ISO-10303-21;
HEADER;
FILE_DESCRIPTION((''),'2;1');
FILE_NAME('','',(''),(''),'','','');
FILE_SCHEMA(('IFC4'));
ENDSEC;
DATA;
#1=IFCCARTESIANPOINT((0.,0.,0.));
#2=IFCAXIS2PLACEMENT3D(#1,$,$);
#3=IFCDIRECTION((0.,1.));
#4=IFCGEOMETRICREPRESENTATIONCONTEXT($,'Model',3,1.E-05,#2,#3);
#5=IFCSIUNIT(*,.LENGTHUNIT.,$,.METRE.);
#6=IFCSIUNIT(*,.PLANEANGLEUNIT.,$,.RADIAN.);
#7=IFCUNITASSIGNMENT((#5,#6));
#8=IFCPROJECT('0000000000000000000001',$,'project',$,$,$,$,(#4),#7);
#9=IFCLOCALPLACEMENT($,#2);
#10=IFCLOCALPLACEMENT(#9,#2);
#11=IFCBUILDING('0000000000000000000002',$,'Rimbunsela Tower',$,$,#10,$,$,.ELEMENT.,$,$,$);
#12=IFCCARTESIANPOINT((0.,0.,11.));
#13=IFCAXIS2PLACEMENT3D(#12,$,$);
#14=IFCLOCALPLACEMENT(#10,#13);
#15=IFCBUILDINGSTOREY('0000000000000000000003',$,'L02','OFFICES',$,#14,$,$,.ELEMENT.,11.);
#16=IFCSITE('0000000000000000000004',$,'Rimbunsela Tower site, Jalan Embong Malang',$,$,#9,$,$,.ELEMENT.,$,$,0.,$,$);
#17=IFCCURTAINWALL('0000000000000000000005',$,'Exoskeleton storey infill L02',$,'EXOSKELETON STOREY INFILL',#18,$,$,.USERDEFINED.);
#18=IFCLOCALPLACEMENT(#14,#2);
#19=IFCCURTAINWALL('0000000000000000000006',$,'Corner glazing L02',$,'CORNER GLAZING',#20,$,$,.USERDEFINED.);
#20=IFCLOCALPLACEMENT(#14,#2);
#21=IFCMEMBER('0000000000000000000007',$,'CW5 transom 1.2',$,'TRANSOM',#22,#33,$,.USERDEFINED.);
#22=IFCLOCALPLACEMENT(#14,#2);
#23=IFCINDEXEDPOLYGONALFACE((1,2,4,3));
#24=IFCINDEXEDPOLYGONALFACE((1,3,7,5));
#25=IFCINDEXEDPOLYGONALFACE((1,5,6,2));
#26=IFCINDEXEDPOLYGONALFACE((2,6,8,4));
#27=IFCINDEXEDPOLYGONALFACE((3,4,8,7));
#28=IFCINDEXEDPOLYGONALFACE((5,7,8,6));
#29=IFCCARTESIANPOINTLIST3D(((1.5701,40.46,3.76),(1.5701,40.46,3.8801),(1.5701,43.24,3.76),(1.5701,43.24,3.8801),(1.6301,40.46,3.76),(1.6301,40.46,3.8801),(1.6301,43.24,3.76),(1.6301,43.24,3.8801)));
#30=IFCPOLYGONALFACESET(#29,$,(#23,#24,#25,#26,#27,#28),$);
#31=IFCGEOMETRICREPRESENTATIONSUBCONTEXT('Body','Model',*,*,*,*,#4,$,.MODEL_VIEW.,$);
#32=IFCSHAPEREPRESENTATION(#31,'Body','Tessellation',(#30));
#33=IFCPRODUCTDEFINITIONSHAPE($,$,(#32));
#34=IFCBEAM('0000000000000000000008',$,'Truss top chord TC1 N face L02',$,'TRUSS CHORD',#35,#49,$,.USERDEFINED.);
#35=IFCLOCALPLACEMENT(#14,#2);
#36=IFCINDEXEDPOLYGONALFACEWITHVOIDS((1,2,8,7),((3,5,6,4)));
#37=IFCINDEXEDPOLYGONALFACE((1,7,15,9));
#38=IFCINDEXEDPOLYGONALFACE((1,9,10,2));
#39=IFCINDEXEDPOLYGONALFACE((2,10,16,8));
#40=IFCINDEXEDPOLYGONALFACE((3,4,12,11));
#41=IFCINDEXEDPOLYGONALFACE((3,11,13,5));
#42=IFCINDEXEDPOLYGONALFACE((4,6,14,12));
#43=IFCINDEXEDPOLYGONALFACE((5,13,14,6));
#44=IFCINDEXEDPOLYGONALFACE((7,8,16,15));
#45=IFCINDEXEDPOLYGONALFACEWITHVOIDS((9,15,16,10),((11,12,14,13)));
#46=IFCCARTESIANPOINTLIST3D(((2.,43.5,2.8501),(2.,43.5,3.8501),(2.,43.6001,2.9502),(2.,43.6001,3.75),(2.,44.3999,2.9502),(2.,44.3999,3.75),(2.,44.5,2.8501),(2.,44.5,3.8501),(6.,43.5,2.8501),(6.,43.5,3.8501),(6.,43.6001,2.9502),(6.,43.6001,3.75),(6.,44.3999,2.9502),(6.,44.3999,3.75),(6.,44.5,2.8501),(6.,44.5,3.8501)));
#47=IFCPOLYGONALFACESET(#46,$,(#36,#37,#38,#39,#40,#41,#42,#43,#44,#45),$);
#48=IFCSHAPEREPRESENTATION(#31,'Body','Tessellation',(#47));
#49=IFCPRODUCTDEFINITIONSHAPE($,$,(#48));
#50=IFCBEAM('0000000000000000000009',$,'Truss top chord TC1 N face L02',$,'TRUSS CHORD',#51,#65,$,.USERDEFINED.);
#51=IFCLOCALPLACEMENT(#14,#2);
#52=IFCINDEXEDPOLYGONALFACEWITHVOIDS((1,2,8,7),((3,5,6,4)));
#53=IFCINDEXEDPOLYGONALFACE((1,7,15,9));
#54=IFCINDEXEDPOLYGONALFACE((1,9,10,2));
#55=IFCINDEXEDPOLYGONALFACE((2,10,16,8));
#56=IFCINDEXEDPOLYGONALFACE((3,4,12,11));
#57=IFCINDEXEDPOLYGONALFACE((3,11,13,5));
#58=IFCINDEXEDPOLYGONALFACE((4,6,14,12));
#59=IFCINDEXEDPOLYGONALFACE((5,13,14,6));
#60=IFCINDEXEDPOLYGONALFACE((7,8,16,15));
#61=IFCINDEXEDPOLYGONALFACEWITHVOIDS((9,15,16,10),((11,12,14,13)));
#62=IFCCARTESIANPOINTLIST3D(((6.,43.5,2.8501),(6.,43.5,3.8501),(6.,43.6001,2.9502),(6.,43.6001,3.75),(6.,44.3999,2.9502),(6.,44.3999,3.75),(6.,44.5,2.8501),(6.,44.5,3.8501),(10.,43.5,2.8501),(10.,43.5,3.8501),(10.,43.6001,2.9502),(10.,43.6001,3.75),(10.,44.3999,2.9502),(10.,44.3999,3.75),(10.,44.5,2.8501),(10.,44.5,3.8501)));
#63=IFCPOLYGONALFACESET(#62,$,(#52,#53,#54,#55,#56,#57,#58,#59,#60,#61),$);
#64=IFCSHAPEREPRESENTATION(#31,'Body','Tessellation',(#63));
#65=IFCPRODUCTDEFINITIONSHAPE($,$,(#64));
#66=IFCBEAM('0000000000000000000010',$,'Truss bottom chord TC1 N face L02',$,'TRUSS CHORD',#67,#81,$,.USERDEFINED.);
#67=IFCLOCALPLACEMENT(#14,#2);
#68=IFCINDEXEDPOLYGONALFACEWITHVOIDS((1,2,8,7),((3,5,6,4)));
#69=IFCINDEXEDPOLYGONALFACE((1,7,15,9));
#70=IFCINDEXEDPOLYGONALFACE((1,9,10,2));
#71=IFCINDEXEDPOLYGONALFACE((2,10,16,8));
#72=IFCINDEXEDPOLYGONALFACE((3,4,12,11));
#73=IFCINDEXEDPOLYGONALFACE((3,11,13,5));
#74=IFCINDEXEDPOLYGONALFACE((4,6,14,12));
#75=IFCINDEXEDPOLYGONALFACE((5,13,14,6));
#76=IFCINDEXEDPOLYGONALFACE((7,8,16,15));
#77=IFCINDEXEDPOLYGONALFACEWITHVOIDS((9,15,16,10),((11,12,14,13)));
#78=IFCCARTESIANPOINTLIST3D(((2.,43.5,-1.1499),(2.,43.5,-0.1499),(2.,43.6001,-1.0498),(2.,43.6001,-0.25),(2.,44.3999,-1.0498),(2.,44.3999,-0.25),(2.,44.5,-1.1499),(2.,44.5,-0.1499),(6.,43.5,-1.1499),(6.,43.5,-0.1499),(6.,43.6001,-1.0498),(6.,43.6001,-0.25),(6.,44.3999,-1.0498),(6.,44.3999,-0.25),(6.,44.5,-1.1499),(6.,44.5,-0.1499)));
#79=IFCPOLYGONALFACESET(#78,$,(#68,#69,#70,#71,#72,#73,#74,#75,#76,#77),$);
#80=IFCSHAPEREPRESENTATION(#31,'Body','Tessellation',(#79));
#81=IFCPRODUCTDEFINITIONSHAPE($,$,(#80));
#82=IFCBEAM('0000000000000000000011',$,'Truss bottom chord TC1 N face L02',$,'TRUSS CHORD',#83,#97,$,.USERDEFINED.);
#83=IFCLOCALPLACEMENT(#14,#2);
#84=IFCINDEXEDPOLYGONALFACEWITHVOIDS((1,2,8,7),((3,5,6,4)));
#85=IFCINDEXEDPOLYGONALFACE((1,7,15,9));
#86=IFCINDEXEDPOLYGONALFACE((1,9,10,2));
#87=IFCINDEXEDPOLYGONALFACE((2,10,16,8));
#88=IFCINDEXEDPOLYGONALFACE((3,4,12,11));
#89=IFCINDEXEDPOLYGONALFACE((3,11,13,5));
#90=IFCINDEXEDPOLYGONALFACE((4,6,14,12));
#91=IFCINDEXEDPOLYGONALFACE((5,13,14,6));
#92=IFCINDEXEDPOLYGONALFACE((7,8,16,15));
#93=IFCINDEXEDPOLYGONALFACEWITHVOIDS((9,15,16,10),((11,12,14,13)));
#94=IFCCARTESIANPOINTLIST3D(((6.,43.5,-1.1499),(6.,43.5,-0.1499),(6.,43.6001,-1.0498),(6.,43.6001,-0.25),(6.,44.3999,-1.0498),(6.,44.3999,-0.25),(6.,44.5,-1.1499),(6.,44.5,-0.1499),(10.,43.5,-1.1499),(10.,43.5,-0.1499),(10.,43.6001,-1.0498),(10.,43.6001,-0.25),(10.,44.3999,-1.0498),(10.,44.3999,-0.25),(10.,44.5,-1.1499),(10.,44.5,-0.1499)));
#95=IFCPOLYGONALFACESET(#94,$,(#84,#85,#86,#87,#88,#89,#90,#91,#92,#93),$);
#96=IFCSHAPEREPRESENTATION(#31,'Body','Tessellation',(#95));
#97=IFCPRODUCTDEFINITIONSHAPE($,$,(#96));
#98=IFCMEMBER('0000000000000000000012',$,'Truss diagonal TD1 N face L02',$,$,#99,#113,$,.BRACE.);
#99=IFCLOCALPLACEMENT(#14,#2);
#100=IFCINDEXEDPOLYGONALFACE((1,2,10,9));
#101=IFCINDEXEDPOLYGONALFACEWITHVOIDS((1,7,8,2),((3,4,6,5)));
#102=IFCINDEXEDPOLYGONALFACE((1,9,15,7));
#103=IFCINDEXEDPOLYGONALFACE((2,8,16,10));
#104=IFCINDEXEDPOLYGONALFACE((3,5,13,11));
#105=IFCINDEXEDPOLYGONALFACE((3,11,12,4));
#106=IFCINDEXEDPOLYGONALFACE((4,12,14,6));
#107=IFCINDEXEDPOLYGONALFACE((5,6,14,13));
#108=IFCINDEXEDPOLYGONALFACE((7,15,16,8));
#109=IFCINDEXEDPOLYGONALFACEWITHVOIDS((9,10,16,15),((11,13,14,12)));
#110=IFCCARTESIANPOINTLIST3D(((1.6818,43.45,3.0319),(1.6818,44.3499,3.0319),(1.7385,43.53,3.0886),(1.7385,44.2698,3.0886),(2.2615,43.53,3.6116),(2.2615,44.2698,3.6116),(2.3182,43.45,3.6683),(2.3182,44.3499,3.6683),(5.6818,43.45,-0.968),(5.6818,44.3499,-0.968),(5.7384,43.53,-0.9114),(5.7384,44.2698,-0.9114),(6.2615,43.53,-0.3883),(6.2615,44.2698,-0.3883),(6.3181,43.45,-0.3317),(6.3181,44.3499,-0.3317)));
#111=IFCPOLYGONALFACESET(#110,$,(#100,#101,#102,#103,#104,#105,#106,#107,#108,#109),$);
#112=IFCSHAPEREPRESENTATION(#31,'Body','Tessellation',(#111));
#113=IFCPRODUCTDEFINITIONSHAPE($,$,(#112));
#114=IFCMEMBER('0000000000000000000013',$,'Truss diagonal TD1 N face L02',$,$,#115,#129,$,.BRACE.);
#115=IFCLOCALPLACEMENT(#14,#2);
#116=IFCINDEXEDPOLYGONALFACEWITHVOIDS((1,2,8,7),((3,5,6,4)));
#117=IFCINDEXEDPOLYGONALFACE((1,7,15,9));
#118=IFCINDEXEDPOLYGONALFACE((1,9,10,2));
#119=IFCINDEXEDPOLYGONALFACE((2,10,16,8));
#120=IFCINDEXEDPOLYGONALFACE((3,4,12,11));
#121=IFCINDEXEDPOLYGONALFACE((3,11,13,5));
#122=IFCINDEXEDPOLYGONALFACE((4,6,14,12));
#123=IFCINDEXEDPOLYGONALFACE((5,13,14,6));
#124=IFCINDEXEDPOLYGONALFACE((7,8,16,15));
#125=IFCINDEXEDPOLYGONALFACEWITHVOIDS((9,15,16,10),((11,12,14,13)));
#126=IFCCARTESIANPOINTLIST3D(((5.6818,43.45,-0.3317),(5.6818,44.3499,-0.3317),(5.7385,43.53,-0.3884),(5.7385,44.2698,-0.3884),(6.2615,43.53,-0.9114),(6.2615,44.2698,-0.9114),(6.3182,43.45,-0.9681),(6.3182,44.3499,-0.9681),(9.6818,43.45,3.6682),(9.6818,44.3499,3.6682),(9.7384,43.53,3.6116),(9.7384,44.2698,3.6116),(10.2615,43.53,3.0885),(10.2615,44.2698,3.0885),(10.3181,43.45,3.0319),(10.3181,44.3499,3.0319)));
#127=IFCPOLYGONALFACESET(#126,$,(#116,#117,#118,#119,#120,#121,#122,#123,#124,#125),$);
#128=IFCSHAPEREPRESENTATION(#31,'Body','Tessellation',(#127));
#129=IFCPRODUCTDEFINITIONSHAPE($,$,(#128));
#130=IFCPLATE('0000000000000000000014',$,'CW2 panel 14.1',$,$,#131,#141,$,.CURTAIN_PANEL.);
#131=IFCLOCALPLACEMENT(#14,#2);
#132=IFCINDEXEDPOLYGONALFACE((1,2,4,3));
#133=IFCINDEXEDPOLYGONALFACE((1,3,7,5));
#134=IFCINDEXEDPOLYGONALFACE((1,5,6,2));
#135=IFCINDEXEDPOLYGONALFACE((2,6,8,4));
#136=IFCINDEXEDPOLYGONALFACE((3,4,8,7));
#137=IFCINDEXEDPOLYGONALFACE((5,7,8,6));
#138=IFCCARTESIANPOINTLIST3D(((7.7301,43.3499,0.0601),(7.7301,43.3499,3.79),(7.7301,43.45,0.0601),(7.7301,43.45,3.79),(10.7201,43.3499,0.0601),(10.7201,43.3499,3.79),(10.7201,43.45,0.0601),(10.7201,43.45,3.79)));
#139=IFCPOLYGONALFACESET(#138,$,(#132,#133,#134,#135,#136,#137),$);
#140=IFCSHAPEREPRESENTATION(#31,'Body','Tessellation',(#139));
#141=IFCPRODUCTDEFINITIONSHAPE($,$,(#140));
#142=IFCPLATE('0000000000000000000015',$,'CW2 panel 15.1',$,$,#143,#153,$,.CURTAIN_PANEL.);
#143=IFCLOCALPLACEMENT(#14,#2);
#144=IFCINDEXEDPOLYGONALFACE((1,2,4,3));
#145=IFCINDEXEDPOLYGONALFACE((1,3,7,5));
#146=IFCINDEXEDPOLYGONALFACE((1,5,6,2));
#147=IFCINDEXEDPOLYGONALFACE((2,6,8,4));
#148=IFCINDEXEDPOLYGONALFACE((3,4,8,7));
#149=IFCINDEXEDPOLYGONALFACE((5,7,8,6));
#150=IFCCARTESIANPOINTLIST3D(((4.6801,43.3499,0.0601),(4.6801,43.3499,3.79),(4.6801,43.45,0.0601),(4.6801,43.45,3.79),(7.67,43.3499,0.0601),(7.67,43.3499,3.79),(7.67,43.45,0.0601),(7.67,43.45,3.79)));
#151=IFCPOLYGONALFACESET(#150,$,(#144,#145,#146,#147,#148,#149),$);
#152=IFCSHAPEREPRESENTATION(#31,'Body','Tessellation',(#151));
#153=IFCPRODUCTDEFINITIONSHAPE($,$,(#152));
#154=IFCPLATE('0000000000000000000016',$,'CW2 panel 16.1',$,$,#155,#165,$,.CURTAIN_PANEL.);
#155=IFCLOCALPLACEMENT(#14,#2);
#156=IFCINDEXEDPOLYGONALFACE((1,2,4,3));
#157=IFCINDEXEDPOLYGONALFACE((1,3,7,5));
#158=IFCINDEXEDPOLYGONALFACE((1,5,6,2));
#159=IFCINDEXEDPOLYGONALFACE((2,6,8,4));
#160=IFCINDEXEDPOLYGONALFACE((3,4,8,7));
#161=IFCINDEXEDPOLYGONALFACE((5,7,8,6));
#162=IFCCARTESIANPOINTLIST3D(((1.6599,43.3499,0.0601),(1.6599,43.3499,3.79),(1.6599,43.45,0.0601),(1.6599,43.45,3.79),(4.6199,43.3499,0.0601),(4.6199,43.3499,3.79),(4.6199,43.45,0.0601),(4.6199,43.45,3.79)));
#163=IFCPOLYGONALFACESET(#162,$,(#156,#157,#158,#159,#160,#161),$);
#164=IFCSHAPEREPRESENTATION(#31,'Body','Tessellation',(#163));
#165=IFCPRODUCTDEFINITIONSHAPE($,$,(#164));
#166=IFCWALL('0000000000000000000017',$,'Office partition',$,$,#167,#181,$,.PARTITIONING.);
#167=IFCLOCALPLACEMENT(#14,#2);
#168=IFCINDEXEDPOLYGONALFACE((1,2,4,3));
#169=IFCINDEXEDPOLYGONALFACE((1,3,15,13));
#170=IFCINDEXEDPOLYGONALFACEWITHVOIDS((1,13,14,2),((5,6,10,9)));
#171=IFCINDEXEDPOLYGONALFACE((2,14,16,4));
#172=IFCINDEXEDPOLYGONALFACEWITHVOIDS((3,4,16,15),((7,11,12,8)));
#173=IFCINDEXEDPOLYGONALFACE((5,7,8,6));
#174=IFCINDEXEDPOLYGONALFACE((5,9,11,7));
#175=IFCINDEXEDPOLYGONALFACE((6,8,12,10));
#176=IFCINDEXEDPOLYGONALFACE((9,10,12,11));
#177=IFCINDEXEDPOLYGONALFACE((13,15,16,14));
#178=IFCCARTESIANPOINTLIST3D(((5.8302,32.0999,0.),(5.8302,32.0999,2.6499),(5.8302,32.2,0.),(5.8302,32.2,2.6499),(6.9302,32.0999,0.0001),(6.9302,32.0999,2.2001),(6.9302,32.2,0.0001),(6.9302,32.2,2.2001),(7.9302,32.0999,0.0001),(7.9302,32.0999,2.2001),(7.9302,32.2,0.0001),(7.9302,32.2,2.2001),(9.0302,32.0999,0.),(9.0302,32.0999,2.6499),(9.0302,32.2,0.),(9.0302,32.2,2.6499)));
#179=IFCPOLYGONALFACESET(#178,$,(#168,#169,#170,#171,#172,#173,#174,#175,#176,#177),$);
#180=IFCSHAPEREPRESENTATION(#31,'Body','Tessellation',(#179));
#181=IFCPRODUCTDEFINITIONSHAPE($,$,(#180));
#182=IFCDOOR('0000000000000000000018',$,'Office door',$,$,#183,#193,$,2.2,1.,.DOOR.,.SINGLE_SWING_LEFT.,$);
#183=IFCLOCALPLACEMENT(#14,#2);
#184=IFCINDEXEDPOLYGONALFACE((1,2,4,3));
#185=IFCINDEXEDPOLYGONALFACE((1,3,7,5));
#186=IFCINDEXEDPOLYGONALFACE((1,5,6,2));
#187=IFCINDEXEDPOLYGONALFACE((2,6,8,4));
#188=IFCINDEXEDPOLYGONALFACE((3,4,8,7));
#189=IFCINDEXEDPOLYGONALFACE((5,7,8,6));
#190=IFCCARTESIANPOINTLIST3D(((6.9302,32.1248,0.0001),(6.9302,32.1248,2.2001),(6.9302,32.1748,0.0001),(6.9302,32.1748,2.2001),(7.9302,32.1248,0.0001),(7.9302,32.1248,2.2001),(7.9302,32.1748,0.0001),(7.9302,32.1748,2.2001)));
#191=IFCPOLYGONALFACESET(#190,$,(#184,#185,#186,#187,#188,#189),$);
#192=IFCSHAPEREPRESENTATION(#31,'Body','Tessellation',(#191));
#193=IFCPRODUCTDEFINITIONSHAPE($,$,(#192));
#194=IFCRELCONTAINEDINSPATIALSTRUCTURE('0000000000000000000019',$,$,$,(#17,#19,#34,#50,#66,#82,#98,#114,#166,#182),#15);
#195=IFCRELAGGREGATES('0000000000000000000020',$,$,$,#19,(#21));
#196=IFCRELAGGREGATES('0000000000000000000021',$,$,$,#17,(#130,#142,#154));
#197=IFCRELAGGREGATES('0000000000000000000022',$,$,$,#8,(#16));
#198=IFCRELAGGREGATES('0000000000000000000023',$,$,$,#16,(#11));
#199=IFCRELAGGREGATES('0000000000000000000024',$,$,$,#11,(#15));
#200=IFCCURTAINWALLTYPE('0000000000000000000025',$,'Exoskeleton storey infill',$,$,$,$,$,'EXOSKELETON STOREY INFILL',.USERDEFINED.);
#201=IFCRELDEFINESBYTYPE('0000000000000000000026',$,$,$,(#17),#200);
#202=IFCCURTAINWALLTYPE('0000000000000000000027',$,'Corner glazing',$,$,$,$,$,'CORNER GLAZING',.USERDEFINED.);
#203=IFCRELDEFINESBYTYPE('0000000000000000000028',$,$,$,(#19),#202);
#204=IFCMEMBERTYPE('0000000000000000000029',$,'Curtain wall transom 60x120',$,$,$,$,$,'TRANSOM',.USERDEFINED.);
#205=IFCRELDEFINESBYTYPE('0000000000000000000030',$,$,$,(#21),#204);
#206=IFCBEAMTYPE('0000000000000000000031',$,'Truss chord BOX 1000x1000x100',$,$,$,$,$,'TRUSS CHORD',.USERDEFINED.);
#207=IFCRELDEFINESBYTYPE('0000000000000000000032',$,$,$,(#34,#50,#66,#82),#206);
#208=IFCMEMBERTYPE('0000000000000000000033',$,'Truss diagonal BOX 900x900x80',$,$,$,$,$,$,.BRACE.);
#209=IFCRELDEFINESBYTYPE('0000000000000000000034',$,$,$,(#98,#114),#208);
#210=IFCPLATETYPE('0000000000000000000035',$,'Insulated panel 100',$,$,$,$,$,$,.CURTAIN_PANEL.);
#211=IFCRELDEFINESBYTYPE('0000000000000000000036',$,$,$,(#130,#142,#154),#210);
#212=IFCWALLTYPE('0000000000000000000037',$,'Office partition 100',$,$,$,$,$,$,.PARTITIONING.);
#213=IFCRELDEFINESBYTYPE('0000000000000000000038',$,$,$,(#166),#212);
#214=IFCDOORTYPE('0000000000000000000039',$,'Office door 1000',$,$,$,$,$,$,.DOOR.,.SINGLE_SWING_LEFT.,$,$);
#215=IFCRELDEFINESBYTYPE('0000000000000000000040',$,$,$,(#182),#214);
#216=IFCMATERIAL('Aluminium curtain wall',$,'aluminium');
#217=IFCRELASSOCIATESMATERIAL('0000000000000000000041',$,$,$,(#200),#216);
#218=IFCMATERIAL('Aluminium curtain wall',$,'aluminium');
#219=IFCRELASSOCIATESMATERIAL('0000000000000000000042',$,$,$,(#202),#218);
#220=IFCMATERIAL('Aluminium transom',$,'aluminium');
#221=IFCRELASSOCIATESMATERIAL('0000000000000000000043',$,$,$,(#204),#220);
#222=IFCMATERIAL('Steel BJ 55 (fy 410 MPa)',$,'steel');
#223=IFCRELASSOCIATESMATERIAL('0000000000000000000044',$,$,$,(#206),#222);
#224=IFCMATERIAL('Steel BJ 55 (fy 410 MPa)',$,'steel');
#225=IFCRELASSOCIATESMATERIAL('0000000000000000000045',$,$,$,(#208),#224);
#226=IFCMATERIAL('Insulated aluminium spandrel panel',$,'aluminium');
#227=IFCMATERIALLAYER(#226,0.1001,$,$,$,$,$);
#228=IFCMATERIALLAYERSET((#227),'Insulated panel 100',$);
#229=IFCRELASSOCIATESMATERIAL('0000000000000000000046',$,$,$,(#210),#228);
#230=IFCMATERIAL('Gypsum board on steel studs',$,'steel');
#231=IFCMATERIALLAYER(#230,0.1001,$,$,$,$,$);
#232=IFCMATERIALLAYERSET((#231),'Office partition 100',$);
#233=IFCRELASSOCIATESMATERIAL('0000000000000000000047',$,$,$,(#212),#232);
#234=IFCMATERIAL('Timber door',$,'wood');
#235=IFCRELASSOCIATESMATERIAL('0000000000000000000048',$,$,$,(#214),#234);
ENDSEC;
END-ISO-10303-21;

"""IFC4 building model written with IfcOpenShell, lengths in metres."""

from ifc_helpers import new_model, si_unit, direction, frame, frame_2d, origin, origin_2d, place, context, subcontext, project, spatial, rectangle, hollow_rectangle, extrude, material, layer, layer_set, material_profile, profile_set, type_object, element, fill, aggregate, save


model = new_model("IFC4")

# Units and contexts
model_context = context("Model", 3, precision=1e-05, world=origin(), true_north=direction((0.0, 1.0)))
body_context = subcontext(model_context, "Body", "Model", "MODEL_VIEW")
ifc_project = project(units=[si_unit("LENGTHUNIT", "METRE"), si_unit("PLANEANGLEUNIT", "RADIAN")], contexts=[model_context])

# Site, building, storey
site_placement = place(None, origin())
site = spatial("IfcSite", under=ifc_project, at=site_placement, Name="Rimbunsela Tower site, Jalan Embong Malang", CompositionType="ELEMENT", RefElevation=0.0)
building_placement = place(site_placement, origin())
building = spatial("IfcBuilding", under=site, at=building_placement, Name="Rimbunsela Tower", CompositionType="ELEMENT")
storey_placement = place(building_placement, frame((0.0, 0.0, 11.0)))
storey = spatial("IfcBuildingStorey", under=building, at=storey_placement, Name="L02", Description="OFFICES", CompositionType="ELEMENT", Elevation=11.0)

# Curtain wall
ifc_material_1 = material(Name="Aluminium curtain wall", Category="aluminium")
curtain_wall_type_1 = type_object("IfcCurtainWallType", Name="Exoskeleton storey infill", ElementType="EXOSKELETON STOREY INFILL", PredefinedType="USERDEFINED", material=ifc_material_1)
curtain_wall_1_placement = place(storey_placement, origin())
curtain_wall_1 = element("IfcCurtainWall", 1, at=curtain_wall_1_placement, inside=storey, type_object=curtain_wall_type_1, Name="Exoskeleton storey infill L02", ObjectType="EXOSKELETON STOREY INFILL", PredefinedType="USERDEFINED")

# Curtain wall
ifc_material_2 = material(Name="Aluminium curtain wall", Category="aluminium")
curtain_wall_type_2 = type_object("IfcCurtainWallType", Name="Corner glazing", ElementType="CORNER GLAZING", PredefinedType="USERDEFINED", material=ifc_material_2)
curtain_wall_2_placement = place(storey_placement, origin())
curtain_wall_2 = element("IfcCurtainWall", 2, at=curtain_wall_2_placement, inside=storey, type_object=curtain_wall_type_2, Name="Corner glazing L02", ObjectType="CORNER GLAZING", PredefinedType="USERDEFINED")

# Member
ifc_material_3 = material(Name="Aluminium transom", Category="aluminium")
ifc_material_profile_1 = material_profile(ifc_material_3, rectangle(XDim=0.0601, YDim=0.1201, at=origin_2d()), Name="Transom 60x120")
ifc_profile_set_1 = profile_set([ifc_material_profile_1], Name="Aluminium transom")
member_type_1 = type_object("IfcMemberType", Name="Curtain wall transom 60x120", ElementType="TRANSOM", PredefinedType="USERDEFINED", material=ifc_profile_set_1)
member_1_placement = place(storey_placement, frame((1.6001, 43.24, 3.8201), z_axis=(0.0, -1.0, 0.0), x_axis=(1.0, 0.0, 0.0)))
member_1 = element("IfcMember", 3, at=member_1_placement, type_object=member_type_1, Name="CW5 transom 1.2", ObjectType="TRANSOM", PredefinedType="USERDEFINED", context=body_context, shape_type="SweptSolid", body=[
    extrude(rectangle(XDim=0.0601, YDim=0.1201, at=origin_2d()), origin(), (0.0, 0.0, 1.0), 2.78),
])
aggregate(curtain_wall_2, [member_1])

# Beams
ifc_material_4 = material(Name="Steel BJ 55 (fy 410 MPa)", Category="steel")
ifc_material_profile_2 = material_profile(ifc_material_4, hollow_rectangle(XDim=1.0, YDim=1.0, WallThickness=0.1001, at=origin_2d()), Name="BOX 1000x1000x100")
ifc_profile_set_2 = profile_set([ifc_material_profile_2], Name="Steel BJ 55 (fy 410 MPa)")
beam_type_1 = type_object("IfcBeamType", Name="Truss chord BOX 1000x1000x100", ElementType="TRUSS CHORD", PredefinedType="USERDEFINED", material=ifc_profile_set_2)
for number, where, z_axis, x_axis, name in (
    (4, (2.0, 44.0, 3.3501), (1.0, 0.0, 0.0), (0.0, 1.0, 0.0), "Truss top chord TC1 N face L02"),
    (5, (6.0, 44.0, 3.3501), (1.0, 0.0, 0.0), (0.0, 1.0, 0.0), "Truss top chord TC1 N face L02"),
    (6, (2.0, 44.0, -0.6499), (1.0, 0.0, 0.0), (0.0, 1.0, 0.0), "Truss bottom chord TC1 N face L02"),
    (7, (6.0, 44.0, -0.6499), (1.0, 0.0, 0.0), (0.0, 1.0, 0.0), "Truss bottom chord TC1 N face L02"),
):
    element("IfcBeam", number, at=place(storey_placement, frame(where, z_axis=z_axis, x_axis=x_axis)), inside=storey, type_object=beam_type_1, Name=name, ObjectType="TRUSS CHORD", PredefinedType="USERDEFINED", context=body_context, shape_type="SweptSolid", body=[
        extrude(hollow_rectangle(XDim=1.0, YDim=1.0, WallThickness=0.1001, at=origin_2d()), origin(), (0.0, 0.0, 1.0), 4.0),
    ])

# Members
ifc_material_5 = material(Name="Steel BJ 55 (fy 410 MPa)", Category="steel")
ifc_material_profile_3 = material_profile(ifc_material_5, hollow_rectangle(XDim=0.8999, YDim=0.8999, WallThickness=0.0801, at=origin_2d()), Name="BOX 900x900x80")
ifc_profile_set_3 = profile_set([ifc_material_profile_3], Name="Steel BJ 55 (fy 410 MPa)")
member_type_2 = type_object("IfcMemberType", Name="Truss diagonal BOX 900x900x80", PredefinedType="BRACE", material=ifc_profile_set_3)
for number, where, z_axis, x_axis, name in (
    (8, (2.0, 43.8999, 3.3501), (0.707107, 0.0, -0.707107), (0.0, 1.0, 0.0), "Truss diagonal TD1 N face L02"),
    (9, (6.0, 43.8999, -0.6499), (0.707107, 0.0, 0.707107), (0.0, 1.0, 0.0), "Truss diagonal TD1 N face L02"),
):
    element("IfcMember", number, at=place(storey_placement, frame(where, z_axis=z_axis, x_axis=x_axis)), inside=storey, type_object=member_type_2, Name=name, PredefinedType="BRACE", context=body_context, shape_type="SweptSolid", body=[
        extrude(hollow_rectangle(XDim=0.8999, YDim=0.8999, WallThickness=0.0801, at=origin_2d()), origin(), (0.0, 0.0, 1.0), 5.6567),
    ])

# Plates
ifc_material_6 = material(Name="Insulated aluminium spandrel panel", Category="aluminium")
ifc_layer_1 = layer(ifc_material_6, 0.1001)
ifc_layer_set_1 = layer_set([ifc_layer_1], Name="Insulated panel 100")
plate_type = type_object("IfcPlateType", Name="Insulated panel 100", PredefinedType="CURTAIN_PANEL", material=ifc_layer_set_1)
plate_1_placement = place(storey_placement, frame((9.2251, 43.3999, 0.0601), z_axis=(0.0, 0.0, 1.0), x_axis=(-1.0, 0.0, 0.0)))
plate_1 = element("IfcPlate", 10, at=plate_1_placement, type_object=plate_type, Name="CW2 panel 14.1", PredefinedType="CURTAIN_PANEL", context=body_context, shape_type="SweptSolid", body=[
    extrude(rectangle(XDim=2.99, YDim=0.1001, at=origin_2d()), origin(), (0.0, 0.0, 1.0), 3.73),
])
plate_2_placement = place(storey_placement, frame((6.175, 43.3999, 0.0601), z_axis=(0.0, 0.0, 1.0), x_axis=(-1.0, 0.0, 0.0)))
plate_2 = element("IfcPlate", 11, at=plate_2_placement, type_object=plate_type, Name="CW2 panel 15.1", PredefinedType="CURTAIN_PANEL", context=body_context, shape_type="SweptSolid", body=[
    extrude(rectangle(XDim=2.99, YDim=0.1001, at=origin_2d()), origin(), (0.0, 0.0, 1.0), 3.73),
])
plate_3_placement = place(storey_placement, frame((3.1399, 43.3999, 0.0601), z_axis=(0.0, 0.0, 1.0), x_axis=(-1.0, 0.0, 0.0)))
plate_3 = element("IfcPlate", 12, at=plate_3_placement, type_object=plate_type, Name="CW2 panel 16.1", PredefinedType="CURTAIN_PANEL", context=body_context, shape_type="SweptSolid", body=[
    extrude(rectangle(XDim=2.96, YDim=0.1001, at=origin_2d()), origin(), (0.0, 0.0, 1.0), 3.73),
])
aggregate(curtain_wall_1, [plate_1, plate_2, plate_3])

# Wall, opening, door
ifc_material_7 = material(Name="Gypsum board on steel studs", Category="steel")
ifc_layer_2 = layer(ifc_material_7, 0.1001)
ifc_layer_set_2 = layer_set([ifc_layer_2], Name="Office partition 100")
wall_type = type_object("IfcWallType", Name="Office partition 100", PredefinedType="PARTITIONING", material=ifc_layer_set_2)
wall_placement = place(storey_placement, frame((5.8301, 32.1499, 0.0), z_axis=(0.0, 0.0, 1.0), x_axis=(1.0, 0.0, 0.0)))
wall = element("IfcWall", 13, at=wall_placement, inside=storey, type_object=wall_type, Name="Office partition", PredefinedType="PARTITIONING", context=body_context, shape_type="SweptSolid", body=[
    extrude(rectangle(XDim=3.2, YDim=0.1001, at=frame_2d((1.6001, 0.0))), origin(), (0.0, 0.0, 1.0), 2.6499),
])
opening_placement = place(wall_placement, frame((1.1001, 0.0, 0.0)))
opening = element("IfcOpeningElement", 14, at=opening_placement, cuts=wall, PredefinedType="OPENING", context=body_context, shape_type="SweptSolid", body=[
    extrude(rectangle(XDim=1.0, YDim=2.2, at=frame_2d((0.5, 1.1001))), frame((0.0, 0.0601, 0.0), z_axis=(0.0, -1.0, 0.0), x_axis=(1.0, 0.0, 0.0)), (0.0, 0.0, 1.0), 0.1201),
])
ifc_material_8 = material(Name="Timber door", Category="wood")
door_type = type_object("IfcDoorType", Name="Office door 1000", OperationType="SINGLE_SWING_LEFT", PredefinedType="DOOR", material=ifc_material_8)
door_placement = place(opening_placement, origin())
door = element("IfcDoor", 15, at=door_placement, inside=storey, type_object=door_type, Name="Office door", OperationType="SINGLE_SWING_LEFT", OverallHeight=2.2, OverallWidth=1.0, PredefinedType="DOOR", context=body_context, shape_type="SweptSolid", body=[
    extrude(rectangle(XDim=1.0, YDim=2.2, at=frame_2d((0.5, 1.1001))), frame((0.0, 0.0249, 0.0), z_axis=(0.0, -1.0, 0.0), x_axis=(1.0, 0.0, 0.0)), (0.0, 0.0, 1.0), 0.05),
])
fill(opening, door)

save(model, "model.ifc")
